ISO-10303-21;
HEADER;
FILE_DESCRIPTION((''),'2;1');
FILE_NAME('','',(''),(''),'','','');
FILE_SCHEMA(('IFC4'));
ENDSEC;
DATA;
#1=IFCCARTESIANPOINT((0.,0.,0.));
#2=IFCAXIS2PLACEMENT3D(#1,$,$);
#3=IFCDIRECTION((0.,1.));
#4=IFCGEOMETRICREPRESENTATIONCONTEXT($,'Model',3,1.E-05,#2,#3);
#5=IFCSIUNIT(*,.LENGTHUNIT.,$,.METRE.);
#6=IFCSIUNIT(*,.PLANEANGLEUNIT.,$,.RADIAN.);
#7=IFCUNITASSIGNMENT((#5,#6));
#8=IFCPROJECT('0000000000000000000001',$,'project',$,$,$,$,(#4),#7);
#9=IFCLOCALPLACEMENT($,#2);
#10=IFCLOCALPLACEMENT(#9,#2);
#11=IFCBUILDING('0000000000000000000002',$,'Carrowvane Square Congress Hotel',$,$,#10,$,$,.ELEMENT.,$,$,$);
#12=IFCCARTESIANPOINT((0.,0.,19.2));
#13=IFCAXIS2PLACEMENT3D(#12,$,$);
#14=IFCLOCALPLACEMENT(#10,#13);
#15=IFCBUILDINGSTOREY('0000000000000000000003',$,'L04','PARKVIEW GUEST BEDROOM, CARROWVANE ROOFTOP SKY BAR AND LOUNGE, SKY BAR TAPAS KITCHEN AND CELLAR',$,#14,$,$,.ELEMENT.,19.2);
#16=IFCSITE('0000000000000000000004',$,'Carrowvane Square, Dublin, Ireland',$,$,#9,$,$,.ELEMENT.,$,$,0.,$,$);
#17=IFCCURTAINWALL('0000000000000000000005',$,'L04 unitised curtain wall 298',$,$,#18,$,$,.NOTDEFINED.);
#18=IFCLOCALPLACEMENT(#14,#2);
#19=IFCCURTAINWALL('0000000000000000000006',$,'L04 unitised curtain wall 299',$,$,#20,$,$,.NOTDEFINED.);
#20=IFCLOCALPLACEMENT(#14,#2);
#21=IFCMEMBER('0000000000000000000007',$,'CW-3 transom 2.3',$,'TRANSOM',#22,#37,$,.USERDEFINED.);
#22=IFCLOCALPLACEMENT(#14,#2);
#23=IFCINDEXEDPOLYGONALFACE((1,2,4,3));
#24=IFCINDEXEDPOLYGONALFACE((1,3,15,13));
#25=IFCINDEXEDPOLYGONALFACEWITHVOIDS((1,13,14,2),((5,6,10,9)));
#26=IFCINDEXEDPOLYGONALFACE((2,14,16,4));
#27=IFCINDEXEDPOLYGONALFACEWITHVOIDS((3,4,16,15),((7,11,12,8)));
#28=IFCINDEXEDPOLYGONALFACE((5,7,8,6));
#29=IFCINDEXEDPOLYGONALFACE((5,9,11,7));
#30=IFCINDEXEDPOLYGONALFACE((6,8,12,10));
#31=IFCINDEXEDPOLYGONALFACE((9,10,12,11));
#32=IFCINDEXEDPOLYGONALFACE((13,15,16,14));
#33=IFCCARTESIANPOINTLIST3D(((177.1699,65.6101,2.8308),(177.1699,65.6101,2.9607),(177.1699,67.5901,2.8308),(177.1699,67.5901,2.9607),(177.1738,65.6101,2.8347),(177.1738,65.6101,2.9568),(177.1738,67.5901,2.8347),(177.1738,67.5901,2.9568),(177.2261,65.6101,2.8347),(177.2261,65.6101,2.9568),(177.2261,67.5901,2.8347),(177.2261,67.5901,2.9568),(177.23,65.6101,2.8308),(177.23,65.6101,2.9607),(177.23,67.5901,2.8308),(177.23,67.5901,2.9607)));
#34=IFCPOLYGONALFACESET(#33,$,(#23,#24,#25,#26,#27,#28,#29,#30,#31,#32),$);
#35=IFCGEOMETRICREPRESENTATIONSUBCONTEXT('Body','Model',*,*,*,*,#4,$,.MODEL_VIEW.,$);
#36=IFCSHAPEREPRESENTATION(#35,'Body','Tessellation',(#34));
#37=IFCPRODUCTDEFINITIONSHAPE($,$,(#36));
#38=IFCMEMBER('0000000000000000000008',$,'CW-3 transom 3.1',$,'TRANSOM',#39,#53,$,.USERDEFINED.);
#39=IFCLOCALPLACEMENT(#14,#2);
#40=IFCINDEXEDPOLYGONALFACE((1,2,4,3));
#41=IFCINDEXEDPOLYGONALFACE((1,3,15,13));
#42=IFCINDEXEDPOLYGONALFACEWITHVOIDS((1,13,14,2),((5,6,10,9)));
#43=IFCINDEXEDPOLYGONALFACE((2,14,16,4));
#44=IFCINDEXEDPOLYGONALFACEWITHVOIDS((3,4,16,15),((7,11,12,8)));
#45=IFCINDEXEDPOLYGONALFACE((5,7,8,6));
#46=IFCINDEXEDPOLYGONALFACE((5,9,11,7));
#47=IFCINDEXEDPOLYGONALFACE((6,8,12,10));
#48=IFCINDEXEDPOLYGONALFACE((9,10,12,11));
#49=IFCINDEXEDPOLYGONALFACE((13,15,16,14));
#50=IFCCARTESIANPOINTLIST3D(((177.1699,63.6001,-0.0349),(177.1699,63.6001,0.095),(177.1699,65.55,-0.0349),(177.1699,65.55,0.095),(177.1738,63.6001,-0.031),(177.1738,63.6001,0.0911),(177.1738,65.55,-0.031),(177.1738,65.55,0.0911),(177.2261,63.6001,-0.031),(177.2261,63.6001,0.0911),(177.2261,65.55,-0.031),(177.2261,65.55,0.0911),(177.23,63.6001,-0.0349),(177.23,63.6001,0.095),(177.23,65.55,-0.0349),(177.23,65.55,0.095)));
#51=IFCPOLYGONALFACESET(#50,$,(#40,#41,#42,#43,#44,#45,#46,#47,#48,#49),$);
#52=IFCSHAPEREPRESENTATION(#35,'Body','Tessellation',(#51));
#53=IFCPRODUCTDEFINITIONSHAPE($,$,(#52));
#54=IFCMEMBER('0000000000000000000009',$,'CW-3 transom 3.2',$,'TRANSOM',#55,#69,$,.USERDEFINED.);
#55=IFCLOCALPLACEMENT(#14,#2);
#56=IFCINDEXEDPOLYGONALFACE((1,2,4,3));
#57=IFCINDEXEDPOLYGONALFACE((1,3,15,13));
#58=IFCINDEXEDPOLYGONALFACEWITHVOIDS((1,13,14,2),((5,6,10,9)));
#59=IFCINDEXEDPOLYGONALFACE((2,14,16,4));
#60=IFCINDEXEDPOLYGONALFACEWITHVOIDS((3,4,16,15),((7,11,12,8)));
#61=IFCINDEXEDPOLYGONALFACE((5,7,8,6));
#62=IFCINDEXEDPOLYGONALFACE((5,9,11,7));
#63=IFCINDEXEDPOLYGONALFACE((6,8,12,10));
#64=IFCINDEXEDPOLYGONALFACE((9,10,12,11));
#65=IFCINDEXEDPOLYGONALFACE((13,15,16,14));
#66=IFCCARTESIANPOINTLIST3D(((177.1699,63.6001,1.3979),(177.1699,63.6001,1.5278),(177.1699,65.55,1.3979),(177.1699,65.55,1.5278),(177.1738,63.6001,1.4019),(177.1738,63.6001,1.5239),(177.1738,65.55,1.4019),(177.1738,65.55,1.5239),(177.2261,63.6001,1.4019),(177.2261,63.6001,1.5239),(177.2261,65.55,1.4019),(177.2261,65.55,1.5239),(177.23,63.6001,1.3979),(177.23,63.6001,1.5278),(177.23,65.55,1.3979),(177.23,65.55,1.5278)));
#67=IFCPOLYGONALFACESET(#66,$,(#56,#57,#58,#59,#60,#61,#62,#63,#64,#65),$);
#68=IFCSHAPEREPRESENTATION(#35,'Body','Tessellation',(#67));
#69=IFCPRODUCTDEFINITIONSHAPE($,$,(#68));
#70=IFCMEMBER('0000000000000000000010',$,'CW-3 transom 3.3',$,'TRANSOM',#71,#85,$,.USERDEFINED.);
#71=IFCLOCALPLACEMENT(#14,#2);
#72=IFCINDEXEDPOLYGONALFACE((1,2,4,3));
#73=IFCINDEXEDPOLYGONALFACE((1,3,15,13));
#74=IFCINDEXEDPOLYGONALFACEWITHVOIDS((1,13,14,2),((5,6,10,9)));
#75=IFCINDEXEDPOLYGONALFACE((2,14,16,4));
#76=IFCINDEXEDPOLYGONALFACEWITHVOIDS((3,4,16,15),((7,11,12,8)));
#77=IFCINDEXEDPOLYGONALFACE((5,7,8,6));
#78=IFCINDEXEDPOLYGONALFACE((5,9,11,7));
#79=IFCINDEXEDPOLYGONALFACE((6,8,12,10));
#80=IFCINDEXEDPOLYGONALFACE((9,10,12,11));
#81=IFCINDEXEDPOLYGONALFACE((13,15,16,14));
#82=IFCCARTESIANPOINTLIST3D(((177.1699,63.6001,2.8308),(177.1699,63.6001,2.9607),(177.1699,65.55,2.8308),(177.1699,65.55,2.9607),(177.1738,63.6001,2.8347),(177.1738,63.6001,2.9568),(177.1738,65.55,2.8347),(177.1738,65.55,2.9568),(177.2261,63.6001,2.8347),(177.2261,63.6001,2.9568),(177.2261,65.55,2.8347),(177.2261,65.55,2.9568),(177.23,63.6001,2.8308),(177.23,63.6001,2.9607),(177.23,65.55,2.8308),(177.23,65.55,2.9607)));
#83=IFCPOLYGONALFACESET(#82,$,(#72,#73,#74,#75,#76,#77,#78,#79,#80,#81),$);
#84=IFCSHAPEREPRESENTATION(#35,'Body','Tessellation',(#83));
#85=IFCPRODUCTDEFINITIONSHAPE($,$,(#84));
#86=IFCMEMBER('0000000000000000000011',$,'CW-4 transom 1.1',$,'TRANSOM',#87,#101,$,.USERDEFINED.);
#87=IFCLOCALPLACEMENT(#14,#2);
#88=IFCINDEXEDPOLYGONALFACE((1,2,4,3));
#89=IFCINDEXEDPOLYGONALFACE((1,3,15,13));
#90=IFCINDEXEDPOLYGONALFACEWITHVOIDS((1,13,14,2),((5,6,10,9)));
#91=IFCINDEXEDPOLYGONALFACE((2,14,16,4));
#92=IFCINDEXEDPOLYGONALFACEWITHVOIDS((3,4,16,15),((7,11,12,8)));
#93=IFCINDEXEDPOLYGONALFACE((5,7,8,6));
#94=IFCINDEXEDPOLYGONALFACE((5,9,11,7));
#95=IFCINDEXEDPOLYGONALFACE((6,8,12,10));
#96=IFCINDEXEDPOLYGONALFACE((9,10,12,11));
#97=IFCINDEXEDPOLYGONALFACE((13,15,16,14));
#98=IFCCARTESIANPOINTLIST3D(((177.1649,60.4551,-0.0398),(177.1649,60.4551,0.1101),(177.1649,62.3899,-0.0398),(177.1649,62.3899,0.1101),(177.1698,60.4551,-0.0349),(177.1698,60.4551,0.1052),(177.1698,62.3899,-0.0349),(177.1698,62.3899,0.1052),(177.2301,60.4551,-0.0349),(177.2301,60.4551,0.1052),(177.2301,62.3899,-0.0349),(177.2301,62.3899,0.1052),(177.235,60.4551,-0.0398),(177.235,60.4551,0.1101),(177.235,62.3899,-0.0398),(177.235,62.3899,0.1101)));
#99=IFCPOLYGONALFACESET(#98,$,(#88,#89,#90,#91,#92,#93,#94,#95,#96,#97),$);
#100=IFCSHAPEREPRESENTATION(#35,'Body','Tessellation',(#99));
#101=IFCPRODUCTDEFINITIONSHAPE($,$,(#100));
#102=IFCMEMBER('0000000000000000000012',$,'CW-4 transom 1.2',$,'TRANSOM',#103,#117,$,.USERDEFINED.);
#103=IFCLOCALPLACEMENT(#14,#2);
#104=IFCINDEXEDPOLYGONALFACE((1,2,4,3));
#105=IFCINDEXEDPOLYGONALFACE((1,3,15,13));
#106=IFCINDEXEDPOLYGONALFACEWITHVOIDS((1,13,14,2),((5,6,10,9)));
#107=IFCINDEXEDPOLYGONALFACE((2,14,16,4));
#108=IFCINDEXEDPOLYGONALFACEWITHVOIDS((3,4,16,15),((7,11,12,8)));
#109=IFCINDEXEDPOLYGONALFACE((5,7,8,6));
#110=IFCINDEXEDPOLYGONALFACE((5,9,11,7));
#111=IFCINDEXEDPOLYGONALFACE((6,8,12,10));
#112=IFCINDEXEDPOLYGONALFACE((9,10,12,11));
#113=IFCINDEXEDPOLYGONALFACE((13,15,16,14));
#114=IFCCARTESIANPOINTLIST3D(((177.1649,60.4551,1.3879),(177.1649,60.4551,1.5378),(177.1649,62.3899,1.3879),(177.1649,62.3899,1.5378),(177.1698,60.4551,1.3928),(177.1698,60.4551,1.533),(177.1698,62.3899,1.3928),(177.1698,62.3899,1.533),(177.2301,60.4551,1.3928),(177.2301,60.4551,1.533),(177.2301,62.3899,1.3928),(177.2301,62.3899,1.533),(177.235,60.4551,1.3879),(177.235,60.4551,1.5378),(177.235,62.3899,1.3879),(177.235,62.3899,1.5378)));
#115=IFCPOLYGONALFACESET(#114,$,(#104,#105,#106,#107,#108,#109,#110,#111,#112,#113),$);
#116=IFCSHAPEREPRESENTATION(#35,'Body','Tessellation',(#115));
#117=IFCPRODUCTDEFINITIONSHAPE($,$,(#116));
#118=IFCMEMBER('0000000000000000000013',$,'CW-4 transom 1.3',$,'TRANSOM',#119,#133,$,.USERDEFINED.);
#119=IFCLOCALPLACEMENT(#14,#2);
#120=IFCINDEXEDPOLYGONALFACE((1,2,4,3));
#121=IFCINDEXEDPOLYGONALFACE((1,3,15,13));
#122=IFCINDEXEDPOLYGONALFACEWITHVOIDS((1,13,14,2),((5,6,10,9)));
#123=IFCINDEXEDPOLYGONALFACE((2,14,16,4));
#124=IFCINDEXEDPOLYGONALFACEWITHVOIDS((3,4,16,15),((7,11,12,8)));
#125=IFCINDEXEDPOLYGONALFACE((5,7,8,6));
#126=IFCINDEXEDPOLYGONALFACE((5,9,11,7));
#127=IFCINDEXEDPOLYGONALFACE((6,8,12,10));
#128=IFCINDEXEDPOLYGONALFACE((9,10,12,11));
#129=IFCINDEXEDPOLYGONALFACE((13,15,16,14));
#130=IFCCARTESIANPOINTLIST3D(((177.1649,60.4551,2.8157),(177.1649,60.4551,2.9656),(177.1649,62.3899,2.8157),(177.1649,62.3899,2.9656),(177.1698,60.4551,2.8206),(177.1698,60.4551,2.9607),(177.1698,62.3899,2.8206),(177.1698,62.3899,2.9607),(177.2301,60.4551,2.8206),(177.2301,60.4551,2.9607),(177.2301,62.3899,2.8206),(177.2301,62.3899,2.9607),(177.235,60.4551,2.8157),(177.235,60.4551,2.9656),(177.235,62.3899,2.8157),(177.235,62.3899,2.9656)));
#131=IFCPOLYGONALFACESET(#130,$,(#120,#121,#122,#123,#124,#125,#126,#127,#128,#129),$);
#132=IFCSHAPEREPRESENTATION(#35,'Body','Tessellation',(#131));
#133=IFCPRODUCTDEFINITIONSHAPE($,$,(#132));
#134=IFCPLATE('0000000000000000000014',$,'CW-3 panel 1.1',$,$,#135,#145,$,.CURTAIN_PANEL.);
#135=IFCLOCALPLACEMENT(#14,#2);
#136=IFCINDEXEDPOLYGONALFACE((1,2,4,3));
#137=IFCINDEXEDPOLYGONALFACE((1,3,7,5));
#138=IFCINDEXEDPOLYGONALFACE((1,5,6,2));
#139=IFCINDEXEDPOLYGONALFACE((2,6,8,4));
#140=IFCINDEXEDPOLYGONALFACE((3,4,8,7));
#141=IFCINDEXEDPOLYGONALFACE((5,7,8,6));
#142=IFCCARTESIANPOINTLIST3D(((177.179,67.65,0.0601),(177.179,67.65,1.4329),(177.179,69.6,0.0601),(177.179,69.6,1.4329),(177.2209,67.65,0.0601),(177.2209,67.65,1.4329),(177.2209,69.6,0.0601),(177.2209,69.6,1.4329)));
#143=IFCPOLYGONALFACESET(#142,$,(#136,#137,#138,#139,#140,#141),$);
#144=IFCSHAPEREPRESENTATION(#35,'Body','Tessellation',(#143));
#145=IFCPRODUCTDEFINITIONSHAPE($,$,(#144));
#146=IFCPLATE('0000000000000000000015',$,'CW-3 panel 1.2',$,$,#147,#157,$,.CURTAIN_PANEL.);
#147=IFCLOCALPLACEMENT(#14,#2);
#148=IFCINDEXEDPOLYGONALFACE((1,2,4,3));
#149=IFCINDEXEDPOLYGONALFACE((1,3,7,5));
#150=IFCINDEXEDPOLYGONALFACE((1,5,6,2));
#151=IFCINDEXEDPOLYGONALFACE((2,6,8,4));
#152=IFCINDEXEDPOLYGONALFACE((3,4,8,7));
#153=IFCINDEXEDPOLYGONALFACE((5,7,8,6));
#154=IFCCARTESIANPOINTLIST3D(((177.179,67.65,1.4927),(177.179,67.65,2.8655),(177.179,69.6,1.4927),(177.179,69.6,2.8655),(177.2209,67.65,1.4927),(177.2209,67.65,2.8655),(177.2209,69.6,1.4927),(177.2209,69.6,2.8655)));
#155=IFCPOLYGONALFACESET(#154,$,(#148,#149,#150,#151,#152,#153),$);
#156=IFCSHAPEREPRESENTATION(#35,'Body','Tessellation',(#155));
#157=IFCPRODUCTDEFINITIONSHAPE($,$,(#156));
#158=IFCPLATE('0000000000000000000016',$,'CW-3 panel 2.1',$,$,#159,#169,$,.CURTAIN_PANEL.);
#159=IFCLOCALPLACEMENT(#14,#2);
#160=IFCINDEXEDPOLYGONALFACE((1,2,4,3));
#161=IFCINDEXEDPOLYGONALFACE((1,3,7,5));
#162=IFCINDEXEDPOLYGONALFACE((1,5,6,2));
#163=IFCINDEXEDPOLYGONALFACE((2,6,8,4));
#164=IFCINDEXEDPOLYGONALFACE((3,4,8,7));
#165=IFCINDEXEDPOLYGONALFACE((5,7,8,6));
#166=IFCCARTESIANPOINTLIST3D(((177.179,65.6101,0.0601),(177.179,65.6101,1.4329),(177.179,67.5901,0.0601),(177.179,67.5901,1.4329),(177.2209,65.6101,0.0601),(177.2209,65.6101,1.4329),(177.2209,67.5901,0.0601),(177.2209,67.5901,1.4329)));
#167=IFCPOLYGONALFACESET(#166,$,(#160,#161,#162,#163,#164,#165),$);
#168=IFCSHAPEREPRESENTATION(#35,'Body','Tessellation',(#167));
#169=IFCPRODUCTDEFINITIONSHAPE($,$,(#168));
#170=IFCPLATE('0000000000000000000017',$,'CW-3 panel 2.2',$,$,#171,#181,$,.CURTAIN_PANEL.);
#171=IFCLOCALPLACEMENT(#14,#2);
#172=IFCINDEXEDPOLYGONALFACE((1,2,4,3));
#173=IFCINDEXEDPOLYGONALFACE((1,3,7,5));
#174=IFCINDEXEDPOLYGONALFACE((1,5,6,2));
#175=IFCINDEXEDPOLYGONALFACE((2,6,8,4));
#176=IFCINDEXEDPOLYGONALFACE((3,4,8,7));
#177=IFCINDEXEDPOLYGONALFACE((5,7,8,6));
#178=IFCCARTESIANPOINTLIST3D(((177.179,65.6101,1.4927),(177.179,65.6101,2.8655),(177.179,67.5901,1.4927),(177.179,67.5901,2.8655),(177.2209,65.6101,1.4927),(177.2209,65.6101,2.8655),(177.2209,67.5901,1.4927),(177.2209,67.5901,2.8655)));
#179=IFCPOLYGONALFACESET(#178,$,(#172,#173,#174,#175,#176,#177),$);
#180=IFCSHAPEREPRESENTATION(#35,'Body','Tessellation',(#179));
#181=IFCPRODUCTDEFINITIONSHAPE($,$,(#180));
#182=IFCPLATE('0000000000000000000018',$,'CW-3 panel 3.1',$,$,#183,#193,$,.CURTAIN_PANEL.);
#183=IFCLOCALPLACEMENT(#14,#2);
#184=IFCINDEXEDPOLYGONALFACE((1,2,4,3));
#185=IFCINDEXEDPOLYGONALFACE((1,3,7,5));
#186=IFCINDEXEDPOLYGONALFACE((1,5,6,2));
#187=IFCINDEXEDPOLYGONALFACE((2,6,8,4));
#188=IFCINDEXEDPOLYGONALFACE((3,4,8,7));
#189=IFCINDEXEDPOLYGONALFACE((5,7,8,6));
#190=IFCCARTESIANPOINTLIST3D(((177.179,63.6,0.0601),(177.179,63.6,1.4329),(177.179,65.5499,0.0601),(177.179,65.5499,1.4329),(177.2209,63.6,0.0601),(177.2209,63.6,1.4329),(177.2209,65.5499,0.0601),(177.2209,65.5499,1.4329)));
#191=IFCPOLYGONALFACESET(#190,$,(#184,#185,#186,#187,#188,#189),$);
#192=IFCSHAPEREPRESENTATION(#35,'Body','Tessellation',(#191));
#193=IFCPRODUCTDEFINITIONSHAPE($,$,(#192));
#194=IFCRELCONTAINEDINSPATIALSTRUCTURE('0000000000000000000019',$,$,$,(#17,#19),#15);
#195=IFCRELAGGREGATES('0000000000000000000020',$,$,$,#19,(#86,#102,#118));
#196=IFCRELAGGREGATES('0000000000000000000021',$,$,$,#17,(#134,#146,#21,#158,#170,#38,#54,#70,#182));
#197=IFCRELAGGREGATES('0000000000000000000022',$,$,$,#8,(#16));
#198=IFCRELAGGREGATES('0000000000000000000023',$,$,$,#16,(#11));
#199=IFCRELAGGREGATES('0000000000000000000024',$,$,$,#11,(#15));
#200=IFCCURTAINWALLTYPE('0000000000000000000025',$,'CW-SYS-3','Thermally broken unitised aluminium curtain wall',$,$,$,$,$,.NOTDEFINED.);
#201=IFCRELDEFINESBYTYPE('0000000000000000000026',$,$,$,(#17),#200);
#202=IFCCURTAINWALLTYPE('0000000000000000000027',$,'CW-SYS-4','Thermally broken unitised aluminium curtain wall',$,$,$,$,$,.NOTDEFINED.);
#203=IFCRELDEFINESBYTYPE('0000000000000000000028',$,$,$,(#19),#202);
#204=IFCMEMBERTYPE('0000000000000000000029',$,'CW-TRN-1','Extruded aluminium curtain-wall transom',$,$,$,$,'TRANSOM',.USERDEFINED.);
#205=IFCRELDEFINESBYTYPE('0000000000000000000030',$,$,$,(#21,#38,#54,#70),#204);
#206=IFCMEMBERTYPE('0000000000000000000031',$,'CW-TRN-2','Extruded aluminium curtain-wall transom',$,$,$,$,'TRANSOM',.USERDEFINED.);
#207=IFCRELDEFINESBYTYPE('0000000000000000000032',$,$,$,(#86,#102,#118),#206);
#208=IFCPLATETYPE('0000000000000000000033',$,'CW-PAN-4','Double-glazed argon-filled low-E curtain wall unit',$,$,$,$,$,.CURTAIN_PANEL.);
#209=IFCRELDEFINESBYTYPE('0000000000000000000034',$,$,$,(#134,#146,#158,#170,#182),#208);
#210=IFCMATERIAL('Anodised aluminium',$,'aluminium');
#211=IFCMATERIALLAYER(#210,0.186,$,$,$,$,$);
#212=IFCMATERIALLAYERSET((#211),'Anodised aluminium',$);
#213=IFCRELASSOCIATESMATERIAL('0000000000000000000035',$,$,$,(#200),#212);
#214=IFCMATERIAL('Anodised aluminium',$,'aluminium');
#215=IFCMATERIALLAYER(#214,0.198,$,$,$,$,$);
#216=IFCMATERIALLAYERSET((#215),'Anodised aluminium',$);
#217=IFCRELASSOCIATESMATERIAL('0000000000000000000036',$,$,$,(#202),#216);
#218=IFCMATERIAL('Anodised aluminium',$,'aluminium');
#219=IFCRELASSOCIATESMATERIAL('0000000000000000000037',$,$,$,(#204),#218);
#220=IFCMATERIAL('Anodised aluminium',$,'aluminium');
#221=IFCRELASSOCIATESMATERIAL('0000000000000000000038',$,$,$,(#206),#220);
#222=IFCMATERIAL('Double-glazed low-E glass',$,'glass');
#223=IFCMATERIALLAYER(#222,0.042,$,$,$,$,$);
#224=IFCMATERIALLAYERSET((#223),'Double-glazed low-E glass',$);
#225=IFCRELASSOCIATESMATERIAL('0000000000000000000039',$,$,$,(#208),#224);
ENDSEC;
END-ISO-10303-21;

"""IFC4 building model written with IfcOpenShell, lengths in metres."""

from ifc_helpers import new_model, si_unit, direction, frame, origin, origin_2d, place, context, subcontext, project, spatial, rectangle, hollow_rectangle, extrude, material, layer, layer_set, material_profile, profile_set, type_object, element, aggregate, save


model = new_model("IFC4")

# Units and contexts
model_context = context("Model", 3, precision=1e-05, world=origin(), true_north=direction((0.0, 1.0)))
body_context = subcontext(model_context, "Body", "Model", "MODEL_VIEW")
ifc_project = project(units=[si_unit("LENGTHUNIT", "METRE"), si_unit("PLANEANGLEUNIT", "RADIAN")], contexts=[model_context])

# Site, building, storey
site_placement = place(None, origin())
site = spatial("IfcSite", under=ifc_project, at=site_placement, Name="Carrowvane Square, Dublin, Ireland", CompositionType="ELEMENT", RefElevation=0.0)
building_placement = place(site_placement, origin())
building = spatial("IfcBuilding", under=site, at=building_placement, Name="Carrowvane Square Congress Hotel", CompositionType="ELEMENT")
storey_placement = place(building_placement, frame((0.0, 0.0, 19.2)))
storey = spatial("IfcBuildingStorey", under=building, at=storey_placement, Name="L04", Description="PARKVIEW GUEST BEDROOM, CARROWVANE ROOFTOP SKY BAR AND LOUNGE, SKY BAR TAPAS KITCHEN AND CELLAR", CompositionType="ELEMENT", Elevation=19.2)

# Curtain wall
ifc_material_1 = material(Name="Anodised aluminium", Category="aluminium")
ifc_layer_1 = layer(ifc_material_1, 0.186)
ifc_layer_set_1 = layer_set([ifc_layer_1], Name="Anodised aluminium")
curtain_wall_type_1 = type_object("IfcCurtainWallType", Name="CW-SYS-3", Description="Thermally broken unitised aluminium curtain wall", PredefinedType="NOTDEFINED", material=ifc_layer_set_1)
curtain_wall_1_placement = place(storey_placement, origin())
curtain_wall_1 = element("IfcCurtainWall", 1, at=curtain_wall_1_placement, inside=storey, type_object=curtain_wall_type_1, Name="L04 unitised curtain wall 298", PredefinedType="NOTDEFINED")

# Curtain wall
ifc_material_2 = material(Name="Anodised aluminium", Category="aluminium")
ifc_layer_2 = layer(ifc_material_2, 0.198)
ifc_layer_set_2 = layer_set([ifc_layer_2], Name="Anodised aluminium")
curtain_wall_type_2 = type_object("IfcCurtainWallType", Name="CW-SYS-4", Description="Thermally broken unitised aluminium curtain wall", PredefinedType="NOTDEFINED", material=ifc_layer_set_2)
curtain_wall_2_placement = place(storey_placement, origin())
curtain_wall_2 = element("IfcCurtainWall", 2, at=curtain_wall_2_placement, inside=storey, type_object=curtain_wall_type_2, Name="L04 unitised curtain wall 299", PredefinedType="NOTDEFINED")

# Members
ifc_material_3 = material(Name="Anodised aluminium", Category="aluminium")
ifc_material_profile_1 = material_profile(ifc_material_3, hollow_rectangle(XDim=0.0601, YDim=0.1299, WallThickness=0.0039, at=origin_2d()), Name="CW-TR 60x130x4")
ifc_profile_set_1 = profile_set([ifc_material_profile_1], Name="Anodised aluminium")
member_type_1 = type_object("IfcMemberType", Name="CW-TRN-1", Description="Extruded aluminium curtain-wall transom", ElementType="TRANSOM", PredefinedType="USERDEFINED", material=ifc_profile_set_1)
member_1_placement = place(storey_placement, frame((177.2, 67.5901, 2.8958), z_axis=(0.0, -1.0, 0.0), x_axis=(1.0, 0.0, 0.0)))
member_1 = element("IfcMember", 3, at=member_1_placement, type_object=member_type_1, Name="CW-3 transom 2.3", ObjectType="TRANSOM", PredefinedType="USERDEFINED", context=body_context, shape_type="SweptSolid", body=[
    extrude(hollow_rectangle(XDim=0.0601, YDim=0.1299, WallThickness=0.0039, at=origin_2d()), origin(), (0.0, 0.0, 1.0), 1.98),
])
member_2_placement = place(storey_placement, frame((177.2, 65.55, 0.03), z_axis=(0.0, -1.0, 0.0), x_axis=(1.0, 0.0, 0.0)))
member_2 = element("IfcMember", 4, at=member_2_placement, type_object=member_type_1, Name="CW-3 transom 3.1", ObjectType="TRANSOM", PredefinedType="USERDEFINED", context=body_context, shape_type="SweptSolid", body=[
    extrude(hollow_rectangle(XDim=0.0601, YDim=0.1299, WallThickness=0.0039, at=origin_2d()), origin(), (0.0, 0.0, 1.0), 1.95),
])
member_3_placement = place(storey_placement, frame((177.2, 65.55, 1.4629), z_axis=(0.0, -1.0, 0.0), x_axis=(1.0, 0.0, 0.0)))
member_3 = element("IfcMember", 5, at=member_3_placement, type_object=member_type_1, Name="CW-3 transom 3.2", ObjectType="TRANSOM", PredefinedType="USERDEFINED", context=body_context, shape_type="SweptSolid", body=[
    extrude(hollow_rectangle(XDim=0.0601, YDim=0.1299, WallThickness=0.0039, at=origin_2d()), origin(), (0.0, 0.0, 1.0), 1.95),
])
member_4_placement = place(storey_placement, frame((177.2, 65.55, 2.8958), z_axis=(0.0, -1.0, 0.0), x_axis=(1.0, 0.0, 0.0)))
member_4 = element("IfcMember", 6, at=member_4_placement, type_object=member_type_1, Name="CW-3 transom 3.3", ObjectType="TRANSOM", PredefinedType="USERDEFINED", context=body_context, shape_type="SweptSolid", body=[
    extrude(hollow_rectangle(XDim=0.0601, YDim=0.1299, WallThickness=0.0039, at=origin_2d()), origin(), (0.0, 0.0, 1.0), 1.95),
])
ifc_material_4 = material(Name="Anodised aluminium", Category="aluminium")
ifc_material_profile_2 = material_profile(ifc_material_4, hollow_rectangle(XDim=0.0701, YDim=0.1499, WallThickness=0.0049, at=origin_2d()), Name="CW-TR 70x150x5")
ifc_profile_set_2 = profile_set([ifc_material_profile_2], Name="Anodised aluminium")
member_type_2 = type_object("IfcMemberType", Name="CW-TRN-2", Description="Extruded aluminium curtain-wall transom", ElementType="TRANSOM", PredefinedType="USERDEFINED", material=ifc_profile_set_2)
member_5_placement = place(storey_placement, frame((177.2, 62.3899, 0.0352), z_axis=(0.0, -1.0, 0.0), x_axis=(1.0, 0.0, 0.0)))
member_5 = element("IfcMember", 7, at=member_5_placement, type_object=member_type_2, Name="CW-4 transom 1.1", ObjectType="TRANSOM", PredefinedType="USERDEFINED", context=body_context, shape_type="SweptSolid", body=[
    extrude(hollow_rectangle(XDim=0.0701, YDim=0.1499, WallThickness=0.0049, at=origin_2d()), origin(), (0.0, 0.0, 1.0), 1.9348),
])
member_6_placement = place(storey_placement, frame((177.2, 62.3899, 1.4629), z_axis=(0.0, -1.0, 0.0), x_axis=(1.0, 0.0, 0.0)))
member_6 = element("IfcMember", 8, at=member_6_placement, type_object=member_type_2, Name="CW-4 transom 1.2", ObjectType="TRANSOM", PredefinedType="USERDEFINED", context=body_context, shape_type="SweptSolid", body=[
    extrude(hollow_rectangle(XDim=0.0701, YDim=0.1499, WallThickness=0.0049, at=origin_2d()), origin(), (0.0, 0.0, 1.0), 1.9348),
])
member_7_placement = place(storey_placement, frame((177.2, 62.3899, 2.8906), z_axis=(0.0, -1.0, 0.0), x_axis=(1.0, 0.0, 0.0)))
member_7 = element("IfcMember", 9, at=member_7_placement, type_object=member_type_2, Name="CW-4 transom 1.3", ObjectType="TRANSOM", PredefinedType="USERDEFINED", context=body_context, shape_type="SweptSolid", body=[
    extrude(hollow_rectangle(XDim=0.0701, YDim=0.1499, WallThickness=0.0049, at=origin_2d()), origin(), (0.0, 0.0, 1.0), 1.9348),
])
aggregate(curtain_wall_2, [member_5, member_6, member_7])

# Plates
ifc_material_5 = material(Name="Double-glazed low-E glass", Category="glass")
ifc_layer_3 = layer(ifc_material_5, 0.042)
ifc_layer_set_3 = layer_set([ifc_layer_3], Name="Double-glazed low-E glass")
plate_type = type_object("IfcPlateType", Name="CW-PAN-4", Description="Double-glazed argon-filled low-E curtain wall unit", PredefinedType="CURTAIN_PANEL", material=ifc_layer_set_3)
plate_1_placement = place(storey_placement, frame((177.2, 68.625, 0.0601), z_axis=(0.0, 0.0, 1.0), x_axis=(0.0, -1.0, 0.0)))
plate_1 = element("IfcPlate", 10, at=plate_1_placement, type_object=plate_type, Name="CW-3 panel 1.1", PredefinedType="CURTAIN_PANEL", context=body_context, shape_type="SweptSolid", body=[
    extrude(rectangle(XDim=1.95, YDim=0.042, at=origin_2d()), origin(), (0.0, 0.0, 1.0), 1.3728),
])
plate_2_placement = place(storey_placement, frame((177.2, 68.625, 1.4927), z_axis=(0.0, 0.0, 1.0), x_axis=(0.0, -1.0, 0.0)))
plate_2 = element("IfcPlate", 11, at=plate_2_placement, type_object=plate_type, Name="CW-3 panel 1.2", PredefinedType="CURTAIN_PANEL", context=body_context, shape_type="SweptSolid", body=[
    extrude(rectangle(XDim=1.95, YDim=0.042, at=origin_2d()), origin(), (0.0, 0.0, 1.0), 1.3728),
])
plate_3_placement = place(storey_placement, frame((177.2, 66.6001, 0.0601), z_axis=(0.0, 0.0, 1.0), x_axis=(0.0, -1.0, 0.0)))
plate_3 = element("IfcPlate", 12, at=plate_3_placement, type_object=plate_type, Name="CW-3 panel 2.1", PredefinedType="CURTAIN_PANEL", context=body_context, shape_type="SweptSolid", body=[
    extrude(rectangle(XDim=1.98, YDim=0.042, at=origin_2d()), origin(), (0.0, 0.0, 1.0), 1.3728),
])
plate_4_placement = place(storey_placement, frame((177.2, 66.6001, 1.4927), z_axis=(0.0, 0.0, 1.0), x_axis=(0.0, -1.0, 0.0)))
plate_4 = element("IfcPlate", 13, at=plate_4_placement, type_object=plate_type, Name="CW-3 panel 2.2", PredefinedType="CURTAIN_PANEL", context=body_context, shape_type="SweptSolid", body=[
    extrude(rectangle(XDim=1.98, YDim=0.042, at=origin_2d()), origin(), (0.0, 0.0, 1.0), 1.3728),
])
plate_5_placement = place(storey_placement, frame((177.2, 64.575, 0.0601), z_axis=(0.0, 0.0, 1.0), x_axis=(0.0, -1.0, 0.0)))
plate_5 = element("IfcPlate", 14, at=plate_5_placement, type_object=plate_type, Name="CW-3 panel 3.1", PredefinedType="CURTAIN_PANEL", context=body_context, shape_type="SweptSolid", body=[
    extrude(rectangle(XDim=1.95, YDim=0.042, at=origin_2d()), origin(), (0.0, 0.0, 1.0), 1.3728),
])
aggregate(curtain_wall_1, [plate_1, plate_2, member_1, plate_3, plate_4, member_2, member_3, member_4, plate_5])

save(model, "model.ifc")
